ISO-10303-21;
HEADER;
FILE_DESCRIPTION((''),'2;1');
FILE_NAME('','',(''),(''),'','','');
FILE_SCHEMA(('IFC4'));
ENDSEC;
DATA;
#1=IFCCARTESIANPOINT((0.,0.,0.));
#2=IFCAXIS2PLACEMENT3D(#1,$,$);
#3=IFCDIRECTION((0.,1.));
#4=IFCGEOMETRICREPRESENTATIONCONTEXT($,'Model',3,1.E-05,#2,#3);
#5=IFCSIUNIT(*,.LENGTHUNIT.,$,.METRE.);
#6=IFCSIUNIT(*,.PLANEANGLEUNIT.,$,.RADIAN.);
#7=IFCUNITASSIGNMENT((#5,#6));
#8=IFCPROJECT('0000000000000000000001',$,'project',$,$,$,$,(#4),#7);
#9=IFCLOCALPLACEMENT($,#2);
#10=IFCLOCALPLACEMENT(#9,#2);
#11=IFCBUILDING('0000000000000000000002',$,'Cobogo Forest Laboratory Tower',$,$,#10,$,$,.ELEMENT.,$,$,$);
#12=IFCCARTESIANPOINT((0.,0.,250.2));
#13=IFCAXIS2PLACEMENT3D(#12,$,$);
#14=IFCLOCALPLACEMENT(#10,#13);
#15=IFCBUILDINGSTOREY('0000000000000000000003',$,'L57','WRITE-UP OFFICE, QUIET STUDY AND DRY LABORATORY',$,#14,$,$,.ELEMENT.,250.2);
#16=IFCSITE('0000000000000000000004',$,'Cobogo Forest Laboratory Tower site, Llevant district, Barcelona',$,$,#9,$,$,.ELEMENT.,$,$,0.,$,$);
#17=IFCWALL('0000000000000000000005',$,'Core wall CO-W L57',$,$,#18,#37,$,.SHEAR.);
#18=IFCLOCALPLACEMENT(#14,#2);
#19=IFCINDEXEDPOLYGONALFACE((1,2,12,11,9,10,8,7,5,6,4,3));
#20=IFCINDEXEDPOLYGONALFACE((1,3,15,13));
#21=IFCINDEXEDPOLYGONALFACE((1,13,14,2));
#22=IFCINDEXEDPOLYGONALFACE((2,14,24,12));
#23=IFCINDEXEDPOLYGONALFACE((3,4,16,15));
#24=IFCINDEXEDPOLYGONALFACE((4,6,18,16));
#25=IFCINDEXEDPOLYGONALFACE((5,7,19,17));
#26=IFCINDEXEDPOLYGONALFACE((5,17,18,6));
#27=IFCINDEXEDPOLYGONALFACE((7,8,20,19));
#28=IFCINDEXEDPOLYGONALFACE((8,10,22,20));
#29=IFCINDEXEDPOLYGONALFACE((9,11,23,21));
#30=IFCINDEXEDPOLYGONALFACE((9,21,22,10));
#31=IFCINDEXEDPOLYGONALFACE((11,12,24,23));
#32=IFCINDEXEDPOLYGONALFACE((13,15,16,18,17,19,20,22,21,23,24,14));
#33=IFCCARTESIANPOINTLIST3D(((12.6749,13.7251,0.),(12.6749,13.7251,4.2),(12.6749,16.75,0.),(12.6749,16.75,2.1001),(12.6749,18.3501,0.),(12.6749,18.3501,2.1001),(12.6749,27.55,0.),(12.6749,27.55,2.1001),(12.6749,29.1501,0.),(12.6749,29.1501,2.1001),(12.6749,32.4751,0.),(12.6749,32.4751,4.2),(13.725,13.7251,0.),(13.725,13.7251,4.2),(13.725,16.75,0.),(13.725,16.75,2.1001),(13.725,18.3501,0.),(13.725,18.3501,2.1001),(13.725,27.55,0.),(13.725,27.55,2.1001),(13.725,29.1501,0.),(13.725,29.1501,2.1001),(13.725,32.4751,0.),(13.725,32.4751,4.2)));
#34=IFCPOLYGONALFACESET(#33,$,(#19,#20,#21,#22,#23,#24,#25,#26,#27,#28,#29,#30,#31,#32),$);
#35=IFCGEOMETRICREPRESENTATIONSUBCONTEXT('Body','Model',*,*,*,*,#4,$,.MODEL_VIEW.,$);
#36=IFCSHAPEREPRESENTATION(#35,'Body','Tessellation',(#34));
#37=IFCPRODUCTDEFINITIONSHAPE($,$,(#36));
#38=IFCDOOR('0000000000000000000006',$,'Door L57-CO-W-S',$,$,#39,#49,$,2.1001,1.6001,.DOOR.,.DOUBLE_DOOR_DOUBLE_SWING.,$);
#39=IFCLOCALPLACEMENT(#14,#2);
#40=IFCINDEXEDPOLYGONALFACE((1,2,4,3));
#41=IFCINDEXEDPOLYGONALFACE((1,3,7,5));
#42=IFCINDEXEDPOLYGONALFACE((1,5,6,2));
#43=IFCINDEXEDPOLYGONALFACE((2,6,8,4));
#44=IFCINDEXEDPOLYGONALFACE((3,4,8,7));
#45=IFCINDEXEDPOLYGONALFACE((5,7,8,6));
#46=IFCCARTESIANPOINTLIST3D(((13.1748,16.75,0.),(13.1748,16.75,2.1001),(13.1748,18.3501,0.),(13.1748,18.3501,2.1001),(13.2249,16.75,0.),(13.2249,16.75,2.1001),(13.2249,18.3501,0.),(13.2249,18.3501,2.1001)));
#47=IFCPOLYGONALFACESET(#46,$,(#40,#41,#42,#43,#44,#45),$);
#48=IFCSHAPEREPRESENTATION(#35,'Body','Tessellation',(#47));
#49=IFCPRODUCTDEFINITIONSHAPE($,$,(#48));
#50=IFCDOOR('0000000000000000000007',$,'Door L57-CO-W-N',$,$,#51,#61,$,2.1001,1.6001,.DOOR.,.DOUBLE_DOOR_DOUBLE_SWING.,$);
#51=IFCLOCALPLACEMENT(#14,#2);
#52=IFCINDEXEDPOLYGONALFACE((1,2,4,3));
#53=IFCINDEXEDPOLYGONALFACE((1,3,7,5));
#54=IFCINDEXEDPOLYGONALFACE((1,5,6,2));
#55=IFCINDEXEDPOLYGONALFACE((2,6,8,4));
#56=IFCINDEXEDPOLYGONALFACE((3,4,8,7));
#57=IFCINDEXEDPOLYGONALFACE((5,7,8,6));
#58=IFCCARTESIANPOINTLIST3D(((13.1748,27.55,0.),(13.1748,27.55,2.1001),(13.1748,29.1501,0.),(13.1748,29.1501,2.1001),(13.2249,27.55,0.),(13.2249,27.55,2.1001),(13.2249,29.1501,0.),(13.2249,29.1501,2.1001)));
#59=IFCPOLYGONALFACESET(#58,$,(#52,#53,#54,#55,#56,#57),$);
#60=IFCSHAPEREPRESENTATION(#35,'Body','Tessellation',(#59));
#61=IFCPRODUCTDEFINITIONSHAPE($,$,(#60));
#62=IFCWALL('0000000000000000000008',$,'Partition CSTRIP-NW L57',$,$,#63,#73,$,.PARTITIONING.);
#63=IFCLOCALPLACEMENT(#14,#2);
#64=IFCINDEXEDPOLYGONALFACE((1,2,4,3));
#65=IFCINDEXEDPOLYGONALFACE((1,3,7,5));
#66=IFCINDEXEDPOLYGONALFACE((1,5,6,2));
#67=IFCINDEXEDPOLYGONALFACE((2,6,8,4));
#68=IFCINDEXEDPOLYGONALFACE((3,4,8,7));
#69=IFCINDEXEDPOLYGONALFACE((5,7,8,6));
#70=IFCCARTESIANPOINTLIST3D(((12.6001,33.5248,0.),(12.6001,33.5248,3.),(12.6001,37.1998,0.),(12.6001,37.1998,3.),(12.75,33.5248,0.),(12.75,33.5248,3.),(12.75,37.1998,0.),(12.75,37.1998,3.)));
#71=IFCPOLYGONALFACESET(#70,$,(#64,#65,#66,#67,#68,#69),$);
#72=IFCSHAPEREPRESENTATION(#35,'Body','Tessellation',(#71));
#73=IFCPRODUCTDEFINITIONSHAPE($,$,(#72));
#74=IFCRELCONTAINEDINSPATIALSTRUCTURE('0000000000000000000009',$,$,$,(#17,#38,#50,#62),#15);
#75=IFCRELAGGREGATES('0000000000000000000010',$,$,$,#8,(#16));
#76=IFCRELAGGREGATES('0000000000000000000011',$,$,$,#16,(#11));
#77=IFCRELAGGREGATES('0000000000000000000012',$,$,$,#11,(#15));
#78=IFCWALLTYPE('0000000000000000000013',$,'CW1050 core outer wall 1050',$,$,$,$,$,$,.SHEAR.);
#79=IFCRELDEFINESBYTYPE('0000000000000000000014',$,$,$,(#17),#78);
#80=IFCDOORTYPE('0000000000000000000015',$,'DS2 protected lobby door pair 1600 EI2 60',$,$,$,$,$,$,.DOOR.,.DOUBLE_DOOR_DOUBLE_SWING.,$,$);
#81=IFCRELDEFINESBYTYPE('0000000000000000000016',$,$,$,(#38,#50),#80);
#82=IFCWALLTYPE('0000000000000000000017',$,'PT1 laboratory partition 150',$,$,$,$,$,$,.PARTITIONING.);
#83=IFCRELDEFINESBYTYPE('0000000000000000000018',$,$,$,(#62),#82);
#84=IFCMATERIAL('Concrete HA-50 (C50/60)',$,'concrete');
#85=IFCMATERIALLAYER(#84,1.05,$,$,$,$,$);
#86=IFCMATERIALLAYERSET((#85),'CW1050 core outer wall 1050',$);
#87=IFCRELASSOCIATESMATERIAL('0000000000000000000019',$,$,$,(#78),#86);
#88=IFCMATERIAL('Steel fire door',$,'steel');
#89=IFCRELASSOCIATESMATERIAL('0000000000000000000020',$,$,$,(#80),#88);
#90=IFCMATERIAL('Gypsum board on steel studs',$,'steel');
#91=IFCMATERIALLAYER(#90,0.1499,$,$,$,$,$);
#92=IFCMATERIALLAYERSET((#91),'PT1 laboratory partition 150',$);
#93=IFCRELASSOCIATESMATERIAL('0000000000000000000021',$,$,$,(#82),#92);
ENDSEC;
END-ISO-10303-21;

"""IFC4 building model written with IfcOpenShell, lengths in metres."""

from ifc_helpers import new_model, si_unit, direction, frame, frame_2d, origin, place, context, subcontext, project, spatial, rectangle, extrude, material, layer, layer_set, type_object, element, fill, save


model = new_model("IFC4")

# Units and contexts
model_context = context("Model", 3, precision=1e-05, world=origin(), true_north=direction((0.0, 1.0)))
body_context = subcontext(model_context, "Body", "Model", "MODEL_VIEW")
ifc_project = project(units=[si_unit("LENGTHUNIT", "METRE"), si_unit("PLANEANGLEUNIT", "RADIAN")], contexts=[model_context])

# Site, building, storey
site_placement = place(None, origin())
site = spatial("IfcSite", under=ifc_project, at=site_placement, Name="Cobogo Forest Laboratory Tower site, Llevant district, Barcelona", CompositionType="ELEMENT", RefElevation=0.0)
building_placement = place(site_placement, origin())
building = spatial("IfcBuilding", under=site, at=building_placement, Name="Cobogo Forest Laboratory Tower", CompositionType="ELEMENT")
storey_placement = place(building_placement, frame((0.0, 0.0, 250.2)))
storey = spatial("IfcBuildingStorey", under=building, at=storey_placement, Name="L57", Description="WRITE-UP OFFICE, QUIET STUDY AND DRY LABORATORY", CompositionType="ELEMENT", Elevation=250.2)

# Wall, openings, doors
ifc_material_1 = material(Name="Concrete HA-50 (C50/60)", Category="concrete")
ifc_material_2 = material(Name="Steel fire door", Category="steel")
ifc_layer_1 = layer(ifc_material_1, 1.05)
ifc_layer_set_1 = layer_set([ifc_layer_1], Name="CW1050 core outer wall 1050")
wall_type_1 = type_object("IfcWallType", Name="CW1050 core outer wall 1050", PredefinedType="SHEAR", material=ifc_layer_set_1)
wall_1_placement = place(storey_placement, frame((13.2, 32.4751, 0.0), z_axis=(0.0, 0.0, 1.0), x_axis=(0.0, -1.0, 0.0)))
wall_1 = element("IfcWall", 1, at=wall_1_placement, inside=storey, type_object=wall_type_1, Name="Core wall CO-W L57", PredefinedType="SHEAR", context=body_context, shape_type="SweptSolid", body=[
    extrude(rectangle(XDim=18.75, YDim=1.05, at=frame_2d((9.375, 0.0))), origin(), (0.0, 0.0, 1.0), 4.2),
])
opening_1_placement = place(wall_1_placement, frame((14.125, 0.0, 0.0)))
opening_1 = element("IfcOpeningElement", 2, at=opening_1_placement, cuts=wall_1, PredefinedType="OPENING", context=body_context, shape_type="SweptSolid", body=[
    extrude(rectangle(XDim=1.6001, YDim=2.1001, at=frame_2d((0.8, 1.05))), frame((0.0, 0.5349, 0.0), z_axis=(0.0, -1.0, 0.0), x_axis=(1.0, 0.0, 0.0)), (0.0, 0.0, 1.0), 1.0701),
])
opening_2_placement = place(wall_1_placement, frame((3.325, 0.0, 0.0)))
opening_2 = element("IfcOpeningElement", 3, at=opening_2_placement, cuts=wall_1, PredefinedType="OPENING", context=body_context, shape_type="SweptSolid", body=[
    extrude(rectangle(XDim=1.6001, YDim=2.1001, at=frame_2d((0.8, 1.05))), frame((0.0, 0.5349, 0.0), z_axis=(0.0, -1.0, 0.0), x_axis=(1.0, 0.0, 0.0)), (0.0, 0.0, 1.0), 1.0701),
])
door_type_1 = type_object("IfcDoorType", Name="DS2 protected lobby door pair 1600 EI2 60", OperationType="DOUBLE_DOOR_DOUBLE_SWING", PredefinedType="DOOR", material=ifc_material_2)
door_1_placement = place(opening_1_placement, origin())
door_1 = element("IfcDoor", 4, at=door_1_placement, inside=storey, type_object=door_type_1, Name="Door L57-CO-W-S", OperationType="DOUBLE_DOOR_DOUBLE_SWING", OverallHeight=2.1001, OverallWidth=1.6001, PredefinedType="DOOR", context=body_context, shape_type="SweptSolid", body=[
    extrude(rectangle(XDim=1.6001, YDim=2.1001, at=frame_2d((0.8, 1.05))), frame((0.0, 0.0249, 0.0), z_axis=(0.0, -1.0, 0.0), x_axis=(1.0, 0.0, 0.0)), (0.0, 0.0, 1.0), 0.05),
])
fill(opening_1, door_1)
door_2_placement = place(opening_2_placement, origin())
door_2 = element("IfcDoor", 5, at=door_2_placement, inside=storey, type_object=door_type_1, Name="Door L57-CO-W-N", OperationType="DOUBLE_DOOR_DOUBLE_SWING", OverallHeight=2.1001, OverallWidth=1.6001, PredefinedType="DOOR", context=body_context, shape_type="SweptSolid", body=[
    extrude(rectangle(XDim=1.6001, YDim=2.1001, at=frame_2d((0.8, 1.05))), frame((0.0, 0.0249, 0.0), z_axis=(0.0, -1.0, 0.0), x_axis=(1.0, 0.0, 0.0)), (0.0, 0.0, 1.0), 0.05),
])
fill(opening_2, door_2)

# Wall
ifc_material_3 = material(Name="Gypsum board on steel studs", Category="steel")
ifc_layer_2 = layer(ifc_material_3, 0.1499)
ifc_layer_set_2 = layer_set([ifc_layer_2], Name="PT1 laboratory partition 150")
wall_type_2 = type_object("IfcWallType", Name="PT1 laboratory partition 150", PredefinedType="PARTITIONING", material=ifc_layer_set_2)
wall_2_placement = place(storey_placement, frame((12.675, 33.5249, 0.0), z_axis=(0.0, 0.0, 1.0), x_axis=(0.0, 1.0, 0.0)))
element("IfcWall", 6, at=wall_2_placement, inside=storey, type_object=wall_type_2, Name="Partition CSTRIP-NW L57", PredefinedType="PARTITIONING", context=body_context, shape_type="SweptSolid", body=[
    extrude(rectangle(XDim=3.675, YDim=0.1499, at=frame_2d((1.8374, 0.0))), origin(), (0.0, 0.0, 1.0), 3.0),
])

save(model, "model.ifc")
